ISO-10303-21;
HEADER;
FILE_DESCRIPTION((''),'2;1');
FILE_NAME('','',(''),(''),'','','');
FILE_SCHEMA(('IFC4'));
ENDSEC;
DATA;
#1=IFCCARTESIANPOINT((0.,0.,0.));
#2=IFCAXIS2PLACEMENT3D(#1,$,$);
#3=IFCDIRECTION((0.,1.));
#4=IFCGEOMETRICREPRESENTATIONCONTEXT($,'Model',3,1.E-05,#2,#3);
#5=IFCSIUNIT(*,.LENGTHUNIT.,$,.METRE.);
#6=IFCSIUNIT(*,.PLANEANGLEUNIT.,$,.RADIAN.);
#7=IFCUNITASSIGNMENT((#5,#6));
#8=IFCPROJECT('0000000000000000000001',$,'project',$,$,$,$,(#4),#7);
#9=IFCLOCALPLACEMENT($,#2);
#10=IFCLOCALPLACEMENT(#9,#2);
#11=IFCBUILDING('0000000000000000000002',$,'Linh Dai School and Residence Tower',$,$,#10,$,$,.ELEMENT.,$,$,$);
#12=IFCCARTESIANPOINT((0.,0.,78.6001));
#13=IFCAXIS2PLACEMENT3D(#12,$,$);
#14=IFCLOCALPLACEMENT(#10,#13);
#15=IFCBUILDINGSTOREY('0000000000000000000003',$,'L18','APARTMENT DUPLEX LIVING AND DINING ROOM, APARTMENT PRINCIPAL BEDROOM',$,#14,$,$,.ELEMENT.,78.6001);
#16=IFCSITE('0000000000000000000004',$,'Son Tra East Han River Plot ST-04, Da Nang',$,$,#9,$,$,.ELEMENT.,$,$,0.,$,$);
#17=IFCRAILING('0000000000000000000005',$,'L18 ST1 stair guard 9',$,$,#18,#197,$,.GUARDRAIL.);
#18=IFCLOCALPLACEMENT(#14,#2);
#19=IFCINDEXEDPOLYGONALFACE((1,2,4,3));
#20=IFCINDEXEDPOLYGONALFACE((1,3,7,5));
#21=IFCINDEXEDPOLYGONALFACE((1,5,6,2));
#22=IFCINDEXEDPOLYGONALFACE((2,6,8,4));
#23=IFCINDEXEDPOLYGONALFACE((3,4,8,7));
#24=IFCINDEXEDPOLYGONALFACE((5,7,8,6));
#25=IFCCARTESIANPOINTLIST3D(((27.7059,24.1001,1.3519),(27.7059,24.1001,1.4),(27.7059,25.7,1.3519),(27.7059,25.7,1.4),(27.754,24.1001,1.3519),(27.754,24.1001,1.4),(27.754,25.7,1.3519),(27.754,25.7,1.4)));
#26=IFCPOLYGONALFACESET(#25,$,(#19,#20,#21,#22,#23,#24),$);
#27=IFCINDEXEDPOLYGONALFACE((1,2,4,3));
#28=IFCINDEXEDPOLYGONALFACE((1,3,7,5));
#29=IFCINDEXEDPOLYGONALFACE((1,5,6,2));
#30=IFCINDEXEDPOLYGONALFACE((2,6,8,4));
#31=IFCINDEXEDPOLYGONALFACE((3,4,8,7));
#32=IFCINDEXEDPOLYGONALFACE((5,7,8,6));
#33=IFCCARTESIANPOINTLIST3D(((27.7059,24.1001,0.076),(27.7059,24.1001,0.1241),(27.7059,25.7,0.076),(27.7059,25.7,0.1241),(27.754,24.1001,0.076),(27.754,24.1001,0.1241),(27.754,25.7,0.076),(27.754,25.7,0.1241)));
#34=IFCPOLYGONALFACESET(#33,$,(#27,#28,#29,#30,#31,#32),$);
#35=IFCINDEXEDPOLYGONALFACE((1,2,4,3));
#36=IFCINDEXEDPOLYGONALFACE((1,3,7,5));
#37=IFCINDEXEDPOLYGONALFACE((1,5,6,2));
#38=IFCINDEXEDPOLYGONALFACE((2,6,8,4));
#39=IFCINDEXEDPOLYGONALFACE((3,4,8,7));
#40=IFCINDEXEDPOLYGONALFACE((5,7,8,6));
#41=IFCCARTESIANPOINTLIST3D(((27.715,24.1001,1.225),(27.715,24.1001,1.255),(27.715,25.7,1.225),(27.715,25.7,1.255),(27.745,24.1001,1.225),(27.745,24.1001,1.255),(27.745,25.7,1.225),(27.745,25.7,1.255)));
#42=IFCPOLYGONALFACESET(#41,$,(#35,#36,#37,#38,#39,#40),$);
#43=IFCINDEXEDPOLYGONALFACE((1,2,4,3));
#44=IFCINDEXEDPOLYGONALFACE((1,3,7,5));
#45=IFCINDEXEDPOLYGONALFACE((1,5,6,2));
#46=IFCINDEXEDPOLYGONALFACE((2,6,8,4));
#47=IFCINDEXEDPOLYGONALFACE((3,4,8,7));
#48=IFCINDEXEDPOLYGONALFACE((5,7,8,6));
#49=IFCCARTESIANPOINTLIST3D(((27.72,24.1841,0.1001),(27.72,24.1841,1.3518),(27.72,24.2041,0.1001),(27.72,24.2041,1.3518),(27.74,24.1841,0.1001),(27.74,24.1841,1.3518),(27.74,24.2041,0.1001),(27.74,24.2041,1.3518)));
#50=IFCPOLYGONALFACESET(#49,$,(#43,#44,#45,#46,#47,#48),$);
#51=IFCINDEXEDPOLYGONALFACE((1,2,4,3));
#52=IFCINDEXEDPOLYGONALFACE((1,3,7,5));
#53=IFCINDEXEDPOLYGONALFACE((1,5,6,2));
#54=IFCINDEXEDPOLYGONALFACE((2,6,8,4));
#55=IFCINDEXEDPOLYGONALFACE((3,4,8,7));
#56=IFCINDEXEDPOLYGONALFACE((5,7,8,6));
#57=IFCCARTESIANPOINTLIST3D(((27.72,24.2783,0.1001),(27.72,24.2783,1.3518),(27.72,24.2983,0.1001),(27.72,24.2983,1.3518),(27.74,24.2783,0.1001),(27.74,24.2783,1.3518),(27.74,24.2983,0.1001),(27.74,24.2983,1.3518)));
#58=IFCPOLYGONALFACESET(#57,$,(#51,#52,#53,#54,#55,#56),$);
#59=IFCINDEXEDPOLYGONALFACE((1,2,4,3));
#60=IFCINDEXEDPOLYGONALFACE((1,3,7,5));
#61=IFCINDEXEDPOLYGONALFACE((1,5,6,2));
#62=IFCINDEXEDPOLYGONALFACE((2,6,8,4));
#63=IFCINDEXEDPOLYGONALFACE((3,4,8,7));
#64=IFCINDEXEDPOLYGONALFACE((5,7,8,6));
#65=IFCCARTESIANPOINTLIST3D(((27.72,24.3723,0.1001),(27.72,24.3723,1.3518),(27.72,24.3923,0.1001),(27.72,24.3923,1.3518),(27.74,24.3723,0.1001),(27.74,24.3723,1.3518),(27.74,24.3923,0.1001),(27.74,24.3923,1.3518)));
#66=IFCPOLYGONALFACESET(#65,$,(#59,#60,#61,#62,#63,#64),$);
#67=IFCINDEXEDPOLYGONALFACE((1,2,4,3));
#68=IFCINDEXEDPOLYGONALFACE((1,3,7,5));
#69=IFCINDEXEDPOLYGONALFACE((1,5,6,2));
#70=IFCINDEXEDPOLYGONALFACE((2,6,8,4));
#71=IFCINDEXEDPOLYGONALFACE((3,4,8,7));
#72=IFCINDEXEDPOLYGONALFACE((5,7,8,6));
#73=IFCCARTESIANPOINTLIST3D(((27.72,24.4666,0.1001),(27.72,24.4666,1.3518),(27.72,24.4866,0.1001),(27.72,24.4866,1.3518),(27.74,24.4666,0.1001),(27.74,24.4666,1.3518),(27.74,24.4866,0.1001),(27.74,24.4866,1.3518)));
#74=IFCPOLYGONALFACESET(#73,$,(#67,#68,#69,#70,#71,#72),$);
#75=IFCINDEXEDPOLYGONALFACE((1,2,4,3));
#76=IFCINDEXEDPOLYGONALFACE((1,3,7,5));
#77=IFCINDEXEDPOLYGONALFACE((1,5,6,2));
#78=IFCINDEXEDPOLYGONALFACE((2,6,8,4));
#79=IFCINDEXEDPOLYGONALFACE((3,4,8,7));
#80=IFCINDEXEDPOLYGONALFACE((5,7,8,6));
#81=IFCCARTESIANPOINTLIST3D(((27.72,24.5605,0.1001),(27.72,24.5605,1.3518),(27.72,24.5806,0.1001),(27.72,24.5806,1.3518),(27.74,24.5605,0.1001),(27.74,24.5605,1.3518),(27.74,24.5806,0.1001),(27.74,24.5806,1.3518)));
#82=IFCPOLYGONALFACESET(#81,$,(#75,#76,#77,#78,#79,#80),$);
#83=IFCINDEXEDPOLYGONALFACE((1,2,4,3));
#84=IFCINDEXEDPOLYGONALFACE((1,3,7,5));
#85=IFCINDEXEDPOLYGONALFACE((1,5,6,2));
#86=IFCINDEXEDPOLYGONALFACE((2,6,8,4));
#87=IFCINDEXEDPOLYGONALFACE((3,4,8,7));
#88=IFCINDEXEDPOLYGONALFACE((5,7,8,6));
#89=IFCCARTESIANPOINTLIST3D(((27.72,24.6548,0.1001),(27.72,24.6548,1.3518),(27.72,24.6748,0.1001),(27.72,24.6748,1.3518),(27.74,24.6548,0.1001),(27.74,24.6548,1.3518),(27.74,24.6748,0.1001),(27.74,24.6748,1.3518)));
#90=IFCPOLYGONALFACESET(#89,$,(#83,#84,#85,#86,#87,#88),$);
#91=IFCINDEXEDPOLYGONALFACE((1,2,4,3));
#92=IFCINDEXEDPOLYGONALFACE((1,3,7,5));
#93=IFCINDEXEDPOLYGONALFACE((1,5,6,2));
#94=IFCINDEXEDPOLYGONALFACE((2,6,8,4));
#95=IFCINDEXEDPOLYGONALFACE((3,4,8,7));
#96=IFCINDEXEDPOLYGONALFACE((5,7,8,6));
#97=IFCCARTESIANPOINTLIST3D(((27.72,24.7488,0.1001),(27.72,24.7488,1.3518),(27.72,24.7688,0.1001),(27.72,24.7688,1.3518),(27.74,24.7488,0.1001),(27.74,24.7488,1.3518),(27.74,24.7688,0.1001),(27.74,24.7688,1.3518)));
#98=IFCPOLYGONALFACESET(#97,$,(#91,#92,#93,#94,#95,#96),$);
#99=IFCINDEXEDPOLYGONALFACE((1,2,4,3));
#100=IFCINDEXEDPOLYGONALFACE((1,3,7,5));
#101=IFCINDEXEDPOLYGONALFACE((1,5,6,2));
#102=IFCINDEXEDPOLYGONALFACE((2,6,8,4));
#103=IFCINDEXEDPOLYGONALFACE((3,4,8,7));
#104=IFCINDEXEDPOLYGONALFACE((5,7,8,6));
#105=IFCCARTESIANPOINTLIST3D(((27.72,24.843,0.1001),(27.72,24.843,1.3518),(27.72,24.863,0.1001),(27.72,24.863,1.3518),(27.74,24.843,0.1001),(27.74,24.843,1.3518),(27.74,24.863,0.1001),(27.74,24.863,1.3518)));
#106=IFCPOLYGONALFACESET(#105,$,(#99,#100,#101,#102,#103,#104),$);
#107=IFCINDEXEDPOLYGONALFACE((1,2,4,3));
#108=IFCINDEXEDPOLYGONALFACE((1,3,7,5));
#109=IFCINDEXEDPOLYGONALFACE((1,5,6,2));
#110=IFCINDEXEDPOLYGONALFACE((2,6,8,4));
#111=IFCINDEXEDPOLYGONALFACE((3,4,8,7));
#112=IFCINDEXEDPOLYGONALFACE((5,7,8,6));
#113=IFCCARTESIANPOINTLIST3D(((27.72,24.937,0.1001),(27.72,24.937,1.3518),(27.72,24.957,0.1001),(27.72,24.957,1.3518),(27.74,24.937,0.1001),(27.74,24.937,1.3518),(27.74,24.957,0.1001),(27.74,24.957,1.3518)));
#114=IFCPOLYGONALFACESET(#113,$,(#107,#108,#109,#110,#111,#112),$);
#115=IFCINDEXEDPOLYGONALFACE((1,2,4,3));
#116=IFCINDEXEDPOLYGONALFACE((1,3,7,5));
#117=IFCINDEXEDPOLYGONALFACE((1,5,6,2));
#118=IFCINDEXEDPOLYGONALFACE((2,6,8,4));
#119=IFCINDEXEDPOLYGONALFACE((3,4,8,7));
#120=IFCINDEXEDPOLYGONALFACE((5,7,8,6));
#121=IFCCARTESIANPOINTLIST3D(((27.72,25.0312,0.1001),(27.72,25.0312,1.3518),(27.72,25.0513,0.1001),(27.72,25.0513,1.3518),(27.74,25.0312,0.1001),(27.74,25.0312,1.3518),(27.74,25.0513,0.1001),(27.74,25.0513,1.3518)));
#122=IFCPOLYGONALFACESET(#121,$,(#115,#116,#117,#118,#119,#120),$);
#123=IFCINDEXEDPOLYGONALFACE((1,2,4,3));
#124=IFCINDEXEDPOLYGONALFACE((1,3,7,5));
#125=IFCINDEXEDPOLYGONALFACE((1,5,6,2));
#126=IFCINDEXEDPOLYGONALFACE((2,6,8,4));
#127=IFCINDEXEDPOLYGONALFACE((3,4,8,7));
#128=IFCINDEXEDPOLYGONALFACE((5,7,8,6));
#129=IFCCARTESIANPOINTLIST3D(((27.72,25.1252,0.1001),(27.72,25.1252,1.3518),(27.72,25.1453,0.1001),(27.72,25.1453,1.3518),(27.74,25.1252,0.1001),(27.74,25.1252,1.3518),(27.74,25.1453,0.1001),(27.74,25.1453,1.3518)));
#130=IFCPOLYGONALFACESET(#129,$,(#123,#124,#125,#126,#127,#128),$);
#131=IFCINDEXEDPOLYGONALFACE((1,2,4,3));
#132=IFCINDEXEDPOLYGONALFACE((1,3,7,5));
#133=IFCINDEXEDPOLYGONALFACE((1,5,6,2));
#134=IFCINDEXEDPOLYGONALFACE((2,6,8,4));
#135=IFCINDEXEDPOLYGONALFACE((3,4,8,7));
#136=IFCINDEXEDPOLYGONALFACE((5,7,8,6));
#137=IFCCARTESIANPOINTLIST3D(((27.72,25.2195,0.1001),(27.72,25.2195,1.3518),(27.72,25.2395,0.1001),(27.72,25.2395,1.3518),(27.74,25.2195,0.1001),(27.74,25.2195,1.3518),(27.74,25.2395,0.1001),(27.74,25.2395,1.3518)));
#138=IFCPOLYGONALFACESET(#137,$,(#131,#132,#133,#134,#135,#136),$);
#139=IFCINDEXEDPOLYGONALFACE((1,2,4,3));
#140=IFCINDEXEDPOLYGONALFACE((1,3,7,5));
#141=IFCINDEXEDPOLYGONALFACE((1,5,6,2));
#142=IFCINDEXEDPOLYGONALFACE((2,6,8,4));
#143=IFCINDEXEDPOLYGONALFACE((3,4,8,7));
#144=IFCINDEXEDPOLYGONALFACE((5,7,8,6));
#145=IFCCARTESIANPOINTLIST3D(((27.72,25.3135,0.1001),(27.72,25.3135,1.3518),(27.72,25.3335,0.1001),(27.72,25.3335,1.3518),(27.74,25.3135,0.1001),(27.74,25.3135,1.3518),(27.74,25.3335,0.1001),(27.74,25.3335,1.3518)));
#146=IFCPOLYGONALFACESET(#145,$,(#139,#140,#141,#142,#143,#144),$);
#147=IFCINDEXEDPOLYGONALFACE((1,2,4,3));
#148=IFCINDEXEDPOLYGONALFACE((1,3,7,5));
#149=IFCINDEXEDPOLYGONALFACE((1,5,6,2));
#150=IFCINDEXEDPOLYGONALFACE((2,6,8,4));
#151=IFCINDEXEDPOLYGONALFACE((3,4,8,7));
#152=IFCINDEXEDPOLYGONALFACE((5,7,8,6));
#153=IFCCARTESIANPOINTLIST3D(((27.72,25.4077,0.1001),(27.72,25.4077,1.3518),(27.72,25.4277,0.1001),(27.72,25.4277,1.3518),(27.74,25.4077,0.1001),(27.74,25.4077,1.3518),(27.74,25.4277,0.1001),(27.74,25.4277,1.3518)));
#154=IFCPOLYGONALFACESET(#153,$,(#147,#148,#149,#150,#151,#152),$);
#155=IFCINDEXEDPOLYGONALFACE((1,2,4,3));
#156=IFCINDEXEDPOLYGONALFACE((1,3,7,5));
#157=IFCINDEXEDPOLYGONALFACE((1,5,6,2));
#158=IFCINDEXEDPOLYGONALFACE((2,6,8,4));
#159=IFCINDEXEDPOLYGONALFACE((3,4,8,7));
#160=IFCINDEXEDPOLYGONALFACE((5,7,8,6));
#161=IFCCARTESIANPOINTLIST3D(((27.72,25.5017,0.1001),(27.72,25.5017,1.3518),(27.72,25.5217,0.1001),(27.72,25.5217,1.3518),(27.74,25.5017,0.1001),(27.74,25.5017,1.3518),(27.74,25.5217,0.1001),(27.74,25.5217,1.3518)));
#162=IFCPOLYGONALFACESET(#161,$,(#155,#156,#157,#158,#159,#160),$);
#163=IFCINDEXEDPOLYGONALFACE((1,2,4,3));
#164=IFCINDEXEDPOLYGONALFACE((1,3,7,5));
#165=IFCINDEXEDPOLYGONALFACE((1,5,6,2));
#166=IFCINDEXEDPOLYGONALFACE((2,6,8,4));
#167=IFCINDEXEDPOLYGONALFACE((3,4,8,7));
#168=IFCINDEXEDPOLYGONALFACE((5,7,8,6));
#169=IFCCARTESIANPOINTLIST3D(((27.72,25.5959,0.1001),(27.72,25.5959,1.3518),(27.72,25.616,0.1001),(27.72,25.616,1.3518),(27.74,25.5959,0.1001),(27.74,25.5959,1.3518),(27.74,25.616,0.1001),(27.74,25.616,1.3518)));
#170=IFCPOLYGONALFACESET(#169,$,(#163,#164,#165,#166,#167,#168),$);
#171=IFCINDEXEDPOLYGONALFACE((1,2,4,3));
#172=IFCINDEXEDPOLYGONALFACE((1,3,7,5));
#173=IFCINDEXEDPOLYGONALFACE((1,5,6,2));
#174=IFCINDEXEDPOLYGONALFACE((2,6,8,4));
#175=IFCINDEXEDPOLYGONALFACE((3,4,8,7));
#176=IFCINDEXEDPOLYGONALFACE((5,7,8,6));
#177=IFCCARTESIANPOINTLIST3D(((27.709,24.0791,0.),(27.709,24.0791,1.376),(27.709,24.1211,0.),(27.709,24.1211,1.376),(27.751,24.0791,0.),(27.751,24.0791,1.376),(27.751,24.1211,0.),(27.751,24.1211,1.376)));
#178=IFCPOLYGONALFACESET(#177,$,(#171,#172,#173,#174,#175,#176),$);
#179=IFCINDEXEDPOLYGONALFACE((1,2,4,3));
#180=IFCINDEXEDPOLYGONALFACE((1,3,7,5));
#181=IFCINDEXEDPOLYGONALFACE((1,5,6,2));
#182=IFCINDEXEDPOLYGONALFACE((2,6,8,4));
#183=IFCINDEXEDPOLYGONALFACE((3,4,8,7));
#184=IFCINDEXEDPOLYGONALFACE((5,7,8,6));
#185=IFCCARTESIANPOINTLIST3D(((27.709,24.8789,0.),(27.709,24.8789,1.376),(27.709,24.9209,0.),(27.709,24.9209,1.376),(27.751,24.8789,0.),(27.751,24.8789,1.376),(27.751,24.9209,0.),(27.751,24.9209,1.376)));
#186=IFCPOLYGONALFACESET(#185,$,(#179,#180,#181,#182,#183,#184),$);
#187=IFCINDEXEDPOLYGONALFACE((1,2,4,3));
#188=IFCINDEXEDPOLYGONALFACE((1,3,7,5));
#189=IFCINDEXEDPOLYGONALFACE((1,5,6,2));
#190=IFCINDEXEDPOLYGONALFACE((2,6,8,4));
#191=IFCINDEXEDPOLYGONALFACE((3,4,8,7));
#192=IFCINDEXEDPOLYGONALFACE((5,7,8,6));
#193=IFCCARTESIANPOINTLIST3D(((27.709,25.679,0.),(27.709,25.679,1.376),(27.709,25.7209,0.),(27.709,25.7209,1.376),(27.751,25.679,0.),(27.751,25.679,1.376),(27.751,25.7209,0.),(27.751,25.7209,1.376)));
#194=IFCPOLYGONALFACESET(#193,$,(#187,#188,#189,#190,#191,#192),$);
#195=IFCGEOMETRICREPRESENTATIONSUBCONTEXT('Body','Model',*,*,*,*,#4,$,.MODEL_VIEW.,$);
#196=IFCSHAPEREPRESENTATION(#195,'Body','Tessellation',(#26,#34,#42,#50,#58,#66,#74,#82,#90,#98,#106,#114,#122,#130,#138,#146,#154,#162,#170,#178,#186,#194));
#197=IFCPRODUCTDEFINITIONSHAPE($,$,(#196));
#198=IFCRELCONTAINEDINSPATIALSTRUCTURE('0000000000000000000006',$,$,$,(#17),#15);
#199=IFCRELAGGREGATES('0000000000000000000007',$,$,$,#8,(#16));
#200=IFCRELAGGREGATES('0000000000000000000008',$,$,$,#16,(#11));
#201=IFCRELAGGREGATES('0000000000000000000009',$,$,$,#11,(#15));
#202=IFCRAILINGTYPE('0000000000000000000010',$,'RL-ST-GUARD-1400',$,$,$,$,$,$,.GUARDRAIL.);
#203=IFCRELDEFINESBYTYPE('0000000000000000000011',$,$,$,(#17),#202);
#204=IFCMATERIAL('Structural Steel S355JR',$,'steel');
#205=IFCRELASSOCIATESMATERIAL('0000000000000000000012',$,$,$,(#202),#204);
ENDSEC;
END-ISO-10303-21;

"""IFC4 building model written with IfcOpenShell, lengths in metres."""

from ifc_helpers import new_model, si_unit, direction, frame, origin, origin_2d, place, context, subcontext, project, spatial, rectangle, extrude, source, transform, mapped, material, type_object, element, save


model = new_model("IFC4")

# Units and contexts
model_context = context("Model", 3, precision=1e-05, world=origin(), true_north=direction((0.0, 1.0)))
body_context = subcontext(model_context, "Body", "Model", "MODEL_VIEW")
ifc_project = project(units=[si_unit("LENGTHUNIT", "METRE"), si_unit("PLANEANGLEUNIT", "RADIAN")], contexts=[model_context])

# Site, building, storey
site_placement = place(None, origin())
site = spatial("IfcSite", under=ifc_project, at=site_placement, Name="Son Tra East Han River Plot ST-04, Da Nang", CompositionType="ELEMENT", RefElevation=0.0)
building_placement = place(site_placement, origin())
building = spatial("IfcBuilding", under=site, at=building_placement, Name="Linh Dai School and Residence Tower", CompositionType="ELEMENT")
storey_placement = place(building_placement, frame((0.0, 0.0, 78.6001)))
storey = spatial("IfcBuildingStorey", under=building, at=storey_placement, Name="L18", Description="APARTMENT DUPLEX LIVING AND DINING ROOM, APARTMENT PRINCIPAL BEDROOM", CompositionType="ELEMENT", Elevation=78.6001)

# Shared definitions
ifc_material_1 = material(Name="Structural Steel S355JR", Category="steel")

# Railing
railing_type_1 = type_object("IfcRailingType", Name="RL-ST-GUARD-1400", PredefinedType="GUARDRAIL", material=ifc_material_1)
shared_shape_1 = source(origin(), body_context, "Body", "SweptSolid", [
    extrude(rectangle(XDim=0.0481, YDim=0.0481, at=origin_2d()), frame((0.0, 0.0, 1.376), z_axis=(0.0, 1.0, 0.0), x_axis=(-1.0, 0.0, 0.0)), (0.0, 0.0, 1.0), 1.5999),
    extrude(rectangle(XDim=0.0481, YDim=0.0481, at=origin_2d()), frame((0.0, 0.0, 0.1001), z_axis=(0.0, 1.0, 0.0), x_axis=(-1.0, 0.0, 0.0)), (0.0, 0.0, 1.0), 1.5999),
    extrude(rectangle(XDim=0.03, YDim=0.03, at=origin_2d()), frame((0.0, 0.0, 1.24), z_axis=(0.0, 1.0, 0.0), x_axis=(-1.0, 0.0, 0.0)), (0.0, 0.0, 1.0), 1.5999),
    extrude(rectangle(XDim=0.02, YDim=0.02, at=origin_2d()), frame((0.0, 0.094, 0.1001)), (0.0, 0.0, 1.0), 1.2517),
    extrude(rectangle(XDim=0.02, YDim=0.02, at=origin_2d()), frame((0.0, 0.1882, 0.1001)), (0.0, 0.0, 1.0), 1.2517),
    extrude(rectangle(XDim=0.02, YDim=0.02, at=origin_2d()), frame((0.0, 0.2822, 0.1001)), (0.0, 0.0, 1.0), 1.2517),
    extrude(rectangle(XDim=0.02, YDim=0.02, at=origin_2d()), frame((0.0, 0.3765, 0.1001)), (0.0, 0.0, 1.0), 1.2517),
    extrude(rectangle(XDim=0.02, YDim=0.02, at=origin_2d()), frame((0.0, 0.4705, 0.1001)), (0.0, 0.0, 1.0), 1.2517),
    extrude(rectangle(XDim=0.02, YDim=0.02, at=origin_2d()), frame((0.0, 0.5647, 0.1001)), (0.0, 0.0, 1.0), 1.2517),
    extrude(rectangle(XDim=0.02, YDim=0.02, at=origin_2d()), frame((0.0, 0.6587, 0.1001)), (0.0, 0.0, 1.0), 1.2517),
    extrude(rectangle(XDim=0.02, YDim=0.02, at=origin_2d()), frame((0.0, 0.7529, 0.1001)), (0.0, 0.0, 1.0), 1.2517),
    extrude(rectangle(XDim=0.02, YDim=0.02, at=origin_2d()), frame((0.0, 0.8469, 0.1001)), (0.0, 0.0, 1.0), 1.2517),
    extrude(rectangle(XDim=0.02, YDim=0.02, at=origin_2d()), frame((0.0, 0.9412, 0.1001)), (0.0, 0.0, 1.0), 1.2517),
    extrude(rectangle(XDim=0.02, YDim=0.02, at=origin_2d()), frame((0.0, 1.0352, 0.1001)), (0.0, 0.0, 1.0), 1.2517),
    extrude(rectangle(XDim=0.02, YDim=0.02, at=origin_2d()), frame((0.0, 1.1294, 0.1001)), (0.0, 0.0, 1.0), 1.2517),
    extrude(rectangle(XDim=0.02, YDim=0.02, at=origin_2d()), frame((0.0, 1.2234, 0.1001)), (0.0, 0.0, 1.0), 1.2517),
    extrude(rectangle(XDim=0.02, YDim=0.02, at=origin_2d()), frame((0.0, 1.3176, 0.1001)), (0.0, 0.0, 1.0), 1.2517),
    extrude(rectangle(XDim=0.02, YDim=0.02, at=origin_2d()), frame((0.0, 1.4116, 0.1001)), (0.0, 0.0, 1.0), 1.2517),
    extrude(rectangle(XDim=0.02, YDim=0.02, at=origin_2d()), frame((0.0, 1.5059, 0.1001)), (0.0, 0.0, 1.0), 1.2517),
    extrude(rectangle(XDim=0.042, YDim=0.042, at=origin_2d()), origin(), (0.0, 0.0, 1.0), 1.376),
    extrude(rectangle(XDim=0.042, YDim=0.042, at=origin_2d()), frame((0.0, 0.7998, 0.0)), (0.0, 0.0, 1.0), 1.376),
    extrude(rectangle(XDim=0.042, YDim=0.042, at=origin_2d()), frame((0.0, 1.5999, 0.0)), (0.0, 0.0, 1.0), 1.376),
])
for number, where, name in (
    (1, (27.73, 24.1001, 0.0), "L18 ST1 stair guard 9"),
):
    element("IfcRailing", number, at=place(storey_placement, frame(where)), inside=storey, type_object=railing_type_1, Name=name, PredefinedType="GUARDRAIL", context=body_context, shape_type="MappedRepresentation", body=[
        mapped(shared_shape_1, transform((0.0, 0.0, 0.0), x_axis=(1.0, 0.0, 0.0), y_axis=(0.0, 1.0, 0.0), z_axis=(0.0, 0.0, 1.0), scale=1.0)),
    ])

save(model, "model.ifc")
